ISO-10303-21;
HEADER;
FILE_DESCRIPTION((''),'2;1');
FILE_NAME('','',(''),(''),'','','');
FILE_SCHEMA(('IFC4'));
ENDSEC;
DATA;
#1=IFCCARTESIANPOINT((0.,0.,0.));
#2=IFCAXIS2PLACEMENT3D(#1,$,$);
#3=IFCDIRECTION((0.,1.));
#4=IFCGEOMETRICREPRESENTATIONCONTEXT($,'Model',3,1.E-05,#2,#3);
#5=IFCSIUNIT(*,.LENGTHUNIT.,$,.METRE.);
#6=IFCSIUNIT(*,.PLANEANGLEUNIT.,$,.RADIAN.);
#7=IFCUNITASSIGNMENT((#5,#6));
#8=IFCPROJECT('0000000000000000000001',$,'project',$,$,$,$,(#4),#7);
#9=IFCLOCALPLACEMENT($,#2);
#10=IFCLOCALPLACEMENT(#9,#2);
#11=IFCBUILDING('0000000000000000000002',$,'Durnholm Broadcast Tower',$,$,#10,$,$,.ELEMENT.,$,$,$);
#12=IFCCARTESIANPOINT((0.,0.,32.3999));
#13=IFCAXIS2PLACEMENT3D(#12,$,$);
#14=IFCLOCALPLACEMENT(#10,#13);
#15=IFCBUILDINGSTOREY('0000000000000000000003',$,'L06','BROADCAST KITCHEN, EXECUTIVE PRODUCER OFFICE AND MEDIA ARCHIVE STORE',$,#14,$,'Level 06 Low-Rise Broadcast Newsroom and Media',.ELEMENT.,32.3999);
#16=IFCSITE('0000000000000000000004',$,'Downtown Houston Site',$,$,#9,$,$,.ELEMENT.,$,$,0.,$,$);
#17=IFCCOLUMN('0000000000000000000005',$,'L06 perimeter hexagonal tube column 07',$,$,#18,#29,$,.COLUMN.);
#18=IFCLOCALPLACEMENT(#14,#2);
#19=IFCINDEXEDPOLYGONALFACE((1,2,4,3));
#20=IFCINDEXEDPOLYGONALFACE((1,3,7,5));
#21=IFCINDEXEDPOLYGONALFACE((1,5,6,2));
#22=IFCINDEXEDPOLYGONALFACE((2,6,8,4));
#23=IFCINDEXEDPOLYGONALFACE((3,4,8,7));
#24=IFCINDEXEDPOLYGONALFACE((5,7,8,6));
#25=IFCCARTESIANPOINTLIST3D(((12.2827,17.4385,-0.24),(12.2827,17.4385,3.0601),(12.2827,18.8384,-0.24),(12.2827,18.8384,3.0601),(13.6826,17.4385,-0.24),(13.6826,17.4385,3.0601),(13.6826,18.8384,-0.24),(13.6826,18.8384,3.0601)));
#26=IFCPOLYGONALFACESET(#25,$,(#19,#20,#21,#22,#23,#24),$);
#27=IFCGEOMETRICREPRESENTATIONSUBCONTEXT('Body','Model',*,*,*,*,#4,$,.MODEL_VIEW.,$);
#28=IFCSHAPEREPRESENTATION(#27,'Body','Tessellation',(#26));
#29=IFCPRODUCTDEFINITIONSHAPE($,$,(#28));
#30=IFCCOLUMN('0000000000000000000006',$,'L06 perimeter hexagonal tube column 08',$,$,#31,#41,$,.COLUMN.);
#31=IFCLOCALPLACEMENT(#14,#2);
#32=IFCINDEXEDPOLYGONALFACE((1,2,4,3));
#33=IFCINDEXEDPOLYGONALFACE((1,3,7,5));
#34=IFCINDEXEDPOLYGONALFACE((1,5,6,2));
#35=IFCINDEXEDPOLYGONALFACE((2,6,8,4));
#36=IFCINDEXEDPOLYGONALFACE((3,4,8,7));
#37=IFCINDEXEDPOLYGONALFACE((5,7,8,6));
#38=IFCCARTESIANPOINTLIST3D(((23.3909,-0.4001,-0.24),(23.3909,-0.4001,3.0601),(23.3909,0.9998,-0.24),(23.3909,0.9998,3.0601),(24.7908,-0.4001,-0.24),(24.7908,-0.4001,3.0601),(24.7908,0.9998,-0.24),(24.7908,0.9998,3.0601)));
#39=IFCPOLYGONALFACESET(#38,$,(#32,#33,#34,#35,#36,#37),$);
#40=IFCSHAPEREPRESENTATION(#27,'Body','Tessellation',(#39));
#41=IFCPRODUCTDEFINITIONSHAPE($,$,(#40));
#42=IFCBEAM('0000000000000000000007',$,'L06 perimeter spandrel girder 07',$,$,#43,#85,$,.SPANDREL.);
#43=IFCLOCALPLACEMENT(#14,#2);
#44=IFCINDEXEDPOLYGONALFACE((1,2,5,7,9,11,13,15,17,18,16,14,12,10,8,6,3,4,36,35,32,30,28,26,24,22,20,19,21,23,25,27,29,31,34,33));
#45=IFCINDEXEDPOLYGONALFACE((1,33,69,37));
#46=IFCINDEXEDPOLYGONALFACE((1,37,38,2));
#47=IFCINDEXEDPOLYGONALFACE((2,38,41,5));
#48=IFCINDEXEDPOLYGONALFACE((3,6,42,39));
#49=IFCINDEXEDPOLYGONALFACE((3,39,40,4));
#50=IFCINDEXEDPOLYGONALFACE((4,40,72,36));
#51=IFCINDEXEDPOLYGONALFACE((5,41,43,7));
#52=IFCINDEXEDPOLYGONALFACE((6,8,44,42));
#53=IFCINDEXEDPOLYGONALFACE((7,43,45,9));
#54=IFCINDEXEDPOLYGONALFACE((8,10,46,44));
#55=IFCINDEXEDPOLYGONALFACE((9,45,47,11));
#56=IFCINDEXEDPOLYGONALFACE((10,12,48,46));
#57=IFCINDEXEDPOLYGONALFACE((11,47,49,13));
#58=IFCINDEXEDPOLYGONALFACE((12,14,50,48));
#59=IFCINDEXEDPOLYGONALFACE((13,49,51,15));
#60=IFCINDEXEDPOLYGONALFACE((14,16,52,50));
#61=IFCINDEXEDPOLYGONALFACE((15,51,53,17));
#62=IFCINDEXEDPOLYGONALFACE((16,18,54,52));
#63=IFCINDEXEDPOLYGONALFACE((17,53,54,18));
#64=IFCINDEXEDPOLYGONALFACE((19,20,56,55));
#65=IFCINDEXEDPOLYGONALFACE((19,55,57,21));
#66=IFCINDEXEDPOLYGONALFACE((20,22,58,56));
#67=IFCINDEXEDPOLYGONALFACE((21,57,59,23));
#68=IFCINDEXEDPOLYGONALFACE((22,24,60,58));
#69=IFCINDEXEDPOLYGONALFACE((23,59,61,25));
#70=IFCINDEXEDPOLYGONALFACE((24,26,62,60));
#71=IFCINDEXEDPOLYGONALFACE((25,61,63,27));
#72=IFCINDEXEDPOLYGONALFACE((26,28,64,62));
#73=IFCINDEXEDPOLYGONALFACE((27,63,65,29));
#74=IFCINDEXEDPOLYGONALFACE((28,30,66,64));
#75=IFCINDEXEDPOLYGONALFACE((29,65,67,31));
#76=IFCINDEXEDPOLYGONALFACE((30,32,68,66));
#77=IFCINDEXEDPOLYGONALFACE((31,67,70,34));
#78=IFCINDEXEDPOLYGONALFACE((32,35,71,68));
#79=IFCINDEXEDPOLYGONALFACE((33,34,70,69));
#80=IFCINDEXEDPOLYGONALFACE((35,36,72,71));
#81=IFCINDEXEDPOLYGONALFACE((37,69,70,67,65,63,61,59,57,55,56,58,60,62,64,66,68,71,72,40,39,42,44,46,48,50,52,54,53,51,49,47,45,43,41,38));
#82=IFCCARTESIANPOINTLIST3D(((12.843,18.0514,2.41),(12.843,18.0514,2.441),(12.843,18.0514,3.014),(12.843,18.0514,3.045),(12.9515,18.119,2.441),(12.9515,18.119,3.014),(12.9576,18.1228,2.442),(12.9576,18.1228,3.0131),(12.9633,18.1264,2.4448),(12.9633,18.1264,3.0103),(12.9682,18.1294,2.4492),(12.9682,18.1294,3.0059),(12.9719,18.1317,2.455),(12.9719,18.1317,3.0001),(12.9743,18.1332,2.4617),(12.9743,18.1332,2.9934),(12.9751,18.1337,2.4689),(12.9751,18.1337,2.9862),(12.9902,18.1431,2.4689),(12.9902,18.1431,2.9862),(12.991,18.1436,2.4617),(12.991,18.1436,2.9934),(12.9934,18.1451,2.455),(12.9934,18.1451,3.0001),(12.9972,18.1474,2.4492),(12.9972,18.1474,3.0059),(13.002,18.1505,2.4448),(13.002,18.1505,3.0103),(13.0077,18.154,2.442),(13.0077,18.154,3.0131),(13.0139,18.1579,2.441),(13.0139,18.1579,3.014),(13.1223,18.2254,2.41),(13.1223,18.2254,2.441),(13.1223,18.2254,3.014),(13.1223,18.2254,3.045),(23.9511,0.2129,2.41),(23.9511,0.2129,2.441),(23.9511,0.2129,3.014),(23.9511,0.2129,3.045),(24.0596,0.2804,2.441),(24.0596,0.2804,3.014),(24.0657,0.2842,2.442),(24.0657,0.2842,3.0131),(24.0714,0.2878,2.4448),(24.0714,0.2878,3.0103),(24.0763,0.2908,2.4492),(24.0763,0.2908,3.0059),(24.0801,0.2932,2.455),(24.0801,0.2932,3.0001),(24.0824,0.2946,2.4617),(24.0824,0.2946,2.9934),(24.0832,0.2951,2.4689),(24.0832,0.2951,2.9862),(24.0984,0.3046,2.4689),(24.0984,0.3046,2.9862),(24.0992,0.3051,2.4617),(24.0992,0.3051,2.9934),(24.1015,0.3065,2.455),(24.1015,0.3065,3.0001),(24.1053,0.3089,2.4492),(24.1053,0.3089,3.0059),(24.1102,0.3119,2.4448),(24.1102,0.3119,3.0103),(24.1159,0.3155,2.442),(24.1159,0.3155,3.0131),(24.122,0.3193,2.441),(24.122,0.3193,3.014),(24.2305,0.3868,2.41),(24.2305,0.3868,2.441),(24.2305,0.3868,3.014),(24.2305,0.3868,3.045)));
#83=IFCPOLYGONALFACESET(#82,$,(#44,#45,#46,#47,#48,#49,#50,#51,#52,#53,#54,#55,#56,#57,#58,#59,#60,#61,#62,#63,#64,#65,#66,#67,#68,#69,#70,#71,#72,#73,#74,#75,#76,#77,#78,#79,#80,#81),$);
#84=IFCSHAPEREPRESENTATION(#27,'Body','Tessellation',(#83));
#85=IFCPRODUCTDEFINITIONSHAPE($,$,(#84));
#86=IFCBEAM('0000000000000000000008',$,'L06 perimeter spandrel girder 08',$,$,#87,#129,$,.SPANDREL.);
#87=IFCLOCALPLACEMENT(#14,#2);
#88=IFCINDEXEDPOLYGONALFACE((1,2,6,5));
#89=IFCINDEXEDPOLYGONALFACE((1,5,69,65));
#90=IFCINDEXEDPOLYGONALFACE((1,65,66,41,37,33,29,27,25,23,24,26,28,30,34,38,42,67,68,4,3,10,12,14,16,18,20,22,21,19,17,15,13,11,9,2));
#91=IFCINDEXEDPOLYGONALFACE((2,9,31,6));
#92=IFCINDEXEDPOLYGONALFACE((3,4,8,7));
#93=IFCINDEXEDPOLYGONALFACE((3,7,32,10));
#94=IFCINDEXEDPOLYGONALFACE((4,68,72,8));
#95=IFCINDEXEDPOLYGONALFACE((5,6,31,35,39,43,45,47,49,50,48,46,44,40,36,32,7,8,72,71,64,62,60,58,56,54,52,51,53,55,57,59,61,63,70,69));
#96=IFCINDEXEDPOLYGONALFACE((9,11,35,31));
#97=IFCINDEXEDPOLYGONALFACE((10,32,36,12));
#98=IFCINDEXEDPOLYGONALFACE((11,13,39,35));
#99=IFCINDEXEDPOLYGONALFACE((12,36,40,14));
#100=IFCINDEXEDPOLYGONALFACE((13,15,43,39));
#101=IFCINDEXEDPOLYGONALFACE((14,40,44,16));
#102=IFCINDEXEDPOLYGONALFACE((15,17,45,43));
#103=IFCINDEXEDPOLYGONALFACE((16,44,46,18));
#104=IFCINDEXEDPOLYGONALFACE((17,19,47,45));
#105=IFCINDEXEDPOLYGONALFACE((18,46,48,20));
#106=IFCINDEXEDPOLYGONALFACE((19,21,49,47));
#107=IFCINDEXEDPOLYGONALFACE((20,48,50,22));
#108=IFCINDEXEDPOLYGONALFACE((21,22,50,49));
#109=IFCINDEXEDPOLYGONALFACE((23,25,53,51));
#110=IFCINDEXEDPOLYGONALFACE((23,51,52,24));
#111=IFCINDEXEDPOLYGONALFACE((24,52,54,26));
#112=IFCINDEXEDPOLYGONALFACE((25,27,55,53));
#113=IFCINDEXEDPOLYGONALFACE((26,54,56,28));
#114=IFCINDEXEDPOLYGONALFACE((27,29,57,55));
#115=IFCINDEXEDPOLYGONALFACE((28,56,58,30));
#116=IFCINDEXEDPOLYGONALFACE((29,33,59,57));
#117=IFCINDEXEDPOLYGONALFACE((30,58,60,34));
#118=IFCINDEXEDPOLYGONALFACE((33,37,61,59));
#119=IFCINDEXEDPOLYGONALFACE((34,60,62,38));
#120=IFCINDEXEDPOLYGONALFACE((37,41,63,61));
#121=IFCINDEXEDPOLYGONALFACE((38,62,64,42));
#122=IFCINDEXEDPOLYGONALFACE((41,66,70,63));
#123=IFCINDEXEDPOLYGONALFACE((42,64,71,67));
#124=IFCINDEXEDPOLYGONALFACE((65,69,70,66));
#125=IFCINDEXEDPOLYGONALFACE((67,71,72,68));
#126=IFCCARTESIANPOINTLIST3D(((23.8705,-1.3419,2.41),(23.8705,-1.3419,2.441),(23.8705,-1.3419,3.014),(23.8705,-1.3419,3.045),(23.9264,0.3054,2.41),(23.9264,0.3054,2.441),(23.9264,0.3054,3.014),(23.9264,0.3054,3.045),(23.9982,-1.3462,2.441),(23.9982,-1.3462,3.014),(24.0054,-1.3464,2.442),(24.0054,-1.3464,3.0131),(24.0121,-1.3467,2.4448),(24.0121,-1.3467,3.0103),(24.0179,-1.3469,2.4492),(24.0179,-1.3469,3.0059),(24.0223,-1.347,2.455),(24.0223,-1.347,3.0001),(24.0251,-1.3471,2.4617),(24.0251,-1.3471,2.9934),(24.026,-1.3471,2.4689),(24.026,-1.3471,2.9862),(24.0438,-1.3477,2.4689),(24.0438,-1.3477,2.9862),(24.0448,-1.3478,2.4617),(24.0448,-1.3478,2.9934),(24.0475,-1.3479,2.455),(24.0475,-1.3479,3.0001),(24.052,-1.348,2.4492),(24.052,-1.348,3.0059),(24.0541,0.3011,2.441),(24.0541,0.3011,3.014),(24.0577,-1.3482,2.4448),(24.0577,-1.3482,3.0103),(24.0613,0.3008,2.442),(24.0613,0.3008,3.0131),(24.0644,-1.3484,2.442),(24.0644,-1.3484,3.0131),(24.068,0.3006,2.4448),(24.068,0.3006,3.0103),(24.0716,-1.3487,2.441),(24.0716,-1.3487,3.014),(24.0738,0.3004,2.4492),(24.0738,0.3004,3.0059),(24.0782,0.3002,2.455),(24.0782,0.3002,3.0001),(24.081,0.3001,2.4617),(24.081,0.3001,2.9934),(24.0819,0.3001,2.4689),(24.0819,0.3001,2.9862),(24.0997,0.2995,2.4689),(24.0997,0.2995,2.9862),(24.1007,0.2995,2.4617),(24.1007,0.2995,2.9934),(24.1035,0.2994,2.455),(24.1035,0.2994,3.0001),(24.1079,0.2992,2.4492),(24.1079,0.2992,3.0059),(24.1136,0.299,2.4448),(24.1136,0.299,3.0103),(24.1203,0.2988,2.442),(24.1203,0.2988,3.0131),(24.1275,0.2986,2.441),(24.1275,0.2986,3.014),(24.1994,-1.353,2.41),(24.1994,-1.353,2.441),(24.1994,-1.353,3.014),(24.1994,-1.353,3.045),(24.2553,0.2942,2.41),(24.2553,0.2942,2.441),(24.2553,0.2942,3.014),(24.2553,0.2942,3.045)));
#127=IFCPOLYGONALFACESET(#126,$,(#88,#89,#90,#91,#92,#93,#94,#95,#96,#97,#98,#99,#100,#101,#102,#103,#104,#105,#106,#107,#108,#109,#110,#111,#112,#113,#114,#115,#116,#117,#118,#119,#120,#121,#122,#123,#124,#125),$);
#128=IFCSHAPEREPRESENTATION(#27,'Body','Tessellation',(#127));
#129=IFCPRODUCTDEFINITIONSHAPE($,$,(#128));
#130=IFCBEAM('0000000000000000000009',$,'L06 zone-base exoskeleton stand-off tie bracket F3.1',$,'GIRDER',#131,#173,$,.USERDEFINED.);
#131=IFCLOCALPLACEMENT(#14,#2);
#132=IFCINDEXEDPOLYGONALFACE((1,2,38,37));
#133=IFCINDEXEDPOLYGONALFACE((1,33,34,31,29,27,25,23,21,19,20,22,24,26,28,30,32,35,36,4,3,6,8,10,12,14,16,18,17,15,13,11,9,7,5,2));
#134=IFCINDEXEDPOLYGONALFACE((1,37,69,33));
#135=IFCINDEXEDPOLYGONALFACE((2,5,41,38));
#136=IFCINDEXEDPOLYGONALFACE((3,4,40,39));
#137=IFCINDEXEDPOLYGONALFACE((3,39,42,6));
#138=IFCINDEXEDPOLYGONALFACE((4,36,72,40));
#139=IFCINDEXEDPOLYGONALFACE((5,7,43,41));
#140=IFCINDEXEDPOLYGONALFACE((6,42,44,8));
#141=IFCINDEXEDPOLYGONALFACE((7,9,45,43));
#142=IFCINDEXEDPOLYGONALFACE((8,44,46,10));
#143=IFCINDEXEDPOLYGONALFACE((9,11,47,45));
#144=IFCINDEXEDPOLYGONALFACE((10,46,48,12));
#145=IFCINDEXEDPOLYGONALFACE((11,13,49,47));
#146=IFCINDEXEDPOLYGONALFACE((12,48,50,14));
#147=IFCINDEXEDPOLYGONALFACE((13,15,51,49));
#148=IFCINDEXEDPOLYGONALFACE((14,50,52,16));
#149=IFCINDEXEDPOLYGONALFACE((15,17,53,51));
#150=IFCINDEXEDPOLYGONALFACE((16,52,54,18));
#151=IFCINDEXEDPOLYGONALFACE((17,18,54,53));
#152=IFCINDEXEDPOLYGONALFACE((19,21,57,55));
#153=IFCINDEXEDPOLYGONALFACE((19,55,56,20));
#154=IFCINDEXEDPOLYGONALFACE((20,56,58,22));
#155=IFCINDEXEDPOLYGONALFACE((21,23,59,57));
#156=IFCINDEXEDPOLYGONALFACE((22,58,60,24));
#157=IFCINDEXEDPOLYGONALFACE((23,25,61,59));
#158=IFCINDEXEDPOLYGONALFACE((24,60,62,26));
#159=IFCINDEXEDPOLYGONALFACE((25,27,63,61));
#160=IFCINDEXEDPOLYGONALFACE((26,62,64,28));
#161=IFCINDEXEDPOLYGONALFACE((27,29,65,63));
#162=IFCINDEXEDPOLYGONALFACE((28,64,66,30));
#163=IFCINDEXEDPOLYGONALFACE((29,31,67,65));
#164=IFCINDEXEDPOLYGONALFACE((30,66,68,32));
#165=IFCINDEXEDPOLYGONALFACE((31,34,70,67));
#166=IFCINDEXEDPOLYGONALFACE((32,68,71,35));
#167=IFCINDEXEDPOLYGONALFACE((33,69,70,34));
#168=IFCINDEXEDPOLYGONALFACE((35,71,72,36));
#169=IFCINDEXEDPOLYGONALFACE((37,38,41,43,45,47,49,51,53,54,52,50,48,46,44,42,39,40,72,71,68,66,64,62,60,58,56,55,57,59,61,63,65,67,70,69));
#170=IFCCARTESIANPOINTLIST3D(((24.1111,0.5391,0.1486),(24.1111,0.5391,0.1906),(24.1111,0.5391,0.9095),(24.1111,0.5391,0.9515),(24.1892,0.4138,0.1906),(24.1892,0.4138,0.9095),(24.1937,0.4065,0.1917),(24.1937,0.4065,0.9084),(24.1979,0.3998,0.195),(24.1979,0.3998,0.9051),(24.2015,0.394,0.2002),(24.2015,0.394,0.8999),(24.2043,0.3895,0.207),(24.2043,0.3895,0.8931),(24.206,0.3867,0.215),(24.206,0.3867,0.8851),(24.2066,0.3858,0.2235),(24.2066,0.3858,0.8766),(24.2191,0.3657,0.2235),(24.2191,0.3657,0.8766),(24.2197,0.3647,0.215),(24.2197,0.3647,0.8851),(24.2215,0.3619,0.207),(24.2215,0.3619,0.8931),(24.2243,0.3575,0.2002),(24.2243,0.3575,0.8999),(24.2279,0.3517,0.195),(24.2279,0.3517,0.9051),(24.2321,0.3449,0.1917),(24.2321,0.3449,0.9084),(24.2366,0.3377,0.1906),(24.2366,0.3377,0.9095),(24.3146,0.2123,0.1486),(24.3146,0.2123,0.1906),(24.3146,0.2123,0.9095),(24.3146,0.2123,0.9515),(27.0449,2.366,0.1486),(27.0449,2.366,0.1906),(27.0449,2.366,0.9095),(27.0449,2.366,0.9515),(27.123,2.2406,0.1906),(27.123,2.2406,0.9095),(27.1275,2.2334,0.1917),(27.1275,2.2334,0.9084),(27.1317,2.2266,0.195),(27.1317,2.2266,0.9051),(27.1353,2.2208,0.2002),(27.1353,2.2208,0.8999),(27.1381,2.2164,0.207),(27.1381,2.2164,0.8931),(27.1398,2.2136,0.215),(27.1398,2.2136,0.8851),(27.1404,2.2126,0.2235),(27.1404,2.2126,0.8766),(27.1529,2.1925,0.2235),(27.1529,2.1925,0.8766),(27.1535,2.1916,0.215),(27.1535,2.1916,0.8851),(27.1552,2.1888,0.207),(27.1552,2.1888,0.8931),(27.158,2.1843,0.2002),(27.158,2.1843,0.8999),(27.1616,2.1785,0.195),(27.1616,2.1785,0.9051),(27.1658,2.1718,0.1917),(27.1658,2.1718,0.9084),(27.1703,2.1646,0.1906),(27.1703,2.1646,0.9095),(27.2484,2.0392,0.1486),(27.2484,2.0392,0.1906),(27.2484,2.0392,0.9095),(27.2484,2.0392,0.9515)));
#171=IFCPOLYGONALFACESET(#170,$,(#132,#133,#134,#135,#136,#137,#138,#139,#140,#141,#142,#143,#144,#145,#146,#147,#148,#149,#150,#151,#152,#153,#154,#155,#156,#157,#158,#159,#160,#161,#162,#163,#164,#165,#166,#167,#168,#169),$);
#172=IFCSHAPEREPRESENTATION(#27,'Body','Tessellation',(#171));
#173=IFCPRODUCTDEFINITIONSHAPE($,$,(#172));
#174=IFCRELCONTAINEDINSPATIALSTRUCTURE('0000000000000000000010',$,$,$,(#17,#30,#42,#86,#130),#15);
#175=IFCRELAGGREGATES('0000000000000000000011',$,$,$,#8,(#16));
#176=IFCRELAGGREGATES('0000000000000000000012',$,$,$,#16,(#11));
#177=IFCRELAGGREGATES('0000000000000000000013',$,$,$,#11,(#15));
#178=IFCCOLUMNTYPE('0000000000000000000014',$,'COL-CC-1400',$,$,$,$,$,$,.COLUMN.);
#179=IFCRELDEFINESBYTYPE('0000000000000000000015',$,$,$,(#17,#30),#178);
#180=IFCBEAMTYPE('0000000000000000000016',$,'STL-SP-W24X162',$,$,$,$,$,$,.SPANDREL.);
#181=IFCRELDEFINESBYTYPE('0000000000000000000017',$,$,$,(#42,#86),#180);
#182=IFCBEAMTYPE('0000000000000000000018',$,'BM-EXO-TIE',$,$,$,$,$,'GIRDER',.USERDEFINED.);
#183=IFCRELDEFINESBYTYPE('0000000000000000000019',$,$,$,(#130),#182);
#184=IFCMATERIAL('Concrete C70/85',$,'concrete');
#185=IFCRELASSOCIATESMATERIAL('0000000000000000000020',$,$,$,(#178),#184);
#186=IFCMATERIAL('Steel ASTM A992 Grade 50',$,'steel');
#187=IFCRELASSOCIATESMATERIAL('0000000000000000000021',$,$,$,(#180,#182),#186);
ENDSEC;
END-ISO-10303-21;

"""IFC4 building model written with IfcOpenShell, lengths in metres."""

from ifc_helpers import new_model, si_unit, direction, frame, origin, origin_2d, place, context, subcontext, project, spatial, rectangle, i_section, extrude, source, transform, mapped, material, material_profile, profile_set, type_object, type_shapes, element, save


model = new_model("IFC4")

# Units and contexts
model_context = context("Model", 3, precision=1e-05, world=origin(), true_north=direction((0.0, 1.0)))
body_context = subcontext(model_context, "Body", "Model", "MODEL_VIEW")
ifc_project = project(units=[si_unit("LENGTHUNIT", "METRE"), si_unit("PLANEANGLEUNIT", "RADIAN")], contexts=[model_context])

# Site, building, storey
site_placement = place(None, origin())
site = spatial("IfcSite", under=ifc_project, at=site_placement, Name="Downtown Houston Site", CompositionType="ELEMENT", RefElevation=0.0)
building_placement = place(site_placement, origin())
building = spatial("IfcBuilding", under=site, at=building_placement, Name="Durnholm Broadcast Tower", CompositionType="ELEMENT")
storey_placement = place(building_placement, frame((0.0, 0.0, 32.3999)))
storey = spatial("IfcBuildingStorey", under=building, at=storey_placement, Name="L06", Description="BROADCAST KITCHEN, EXECUTIVE PRODUCER OFFICE AND MEDIA ARCHIVE STORE", LongName="Level 06 Low-Rise Broadcast Newsroom and Media", CompositionType="ELEMENT", Elevation=32.3999)

# Columns
ifc_material_1 = material(Name="Concrete C70/85", Category="concrete")
ifc_material_profile_1 = material_profile(ifc_material_1, rectangle(XDim=1.3999, YDim=1.3999, at=origin_2d()), Name="RC1400X1400")
ifc_profile_set_1 = profile_set([ifc_material_profile_1], Name="Concrete C70/85")
column_type = type_object("IfcColumnType", Name="COL-CC-1400", PredefinedType="COLUMN", material=ifc_profile_set_1)
shared_shape_1 = source(origin(), body_context, "Body", "SweptSolid", [
    extrude(rectangle(XDim=1.3999, YDim=1.3999, at=origin_2d()), origin(), (0.0, 0.0, 1.0), 3.3),
])
type_shapes(column_type, [shared_shape_1])
for number, where, z_axis, x_axis, name in (
    (1, (12.9827, 18.1384, -0.24), (0.0, 0.0, 1.0), (1.0, 0.0, 0.0), "L06 perimeter hexagonal tube column 07"),
    (2, (24.0908, 0.2998, -0.24), (0.0, 0.0, 1.0), (1.0, 0.0, 0.0), "L06 perimeter hexagonal tube column 08"),
):
    element("IfcColumn", number, at=place(storey_placement, frame(where, z_axis=z_axis, x_axis=x_axis)), inside=storey, type_object=column_type, Name=name, PredefinedType="COLUMN", context=body_context, shape_type="MappedRepresentation", body=[
        mapped(shared_shape_1, transform((0.0, 0.0, 0.0), x_axis=(1.0, 0.0, 0.0), y_axis=(0.0, 1.0, 0.0), z_axis=(0.0, 0.0, 1.0), scale=1.0)),
    ])

# Beams
ifc_material_2 = material(Name="Steel ASTM A992 Grade 50", Category="steel")
ifc_material_profile_2 = material_profile(ifc_material_2, i_section(OverallWidth=0.3291, OverallDepth=0.635, WebThickness=0.0178, FlangeThickness=0.031, FilletRadius=0.0278, at=origin_2d()), Name="W24X162")
ifc_profile_set_2 = profile_set([ifc_material_profile_2], Name="Steel ASTM A992 Grade 50")
beam_type_1 = type_object("IfcBeamType", Name="STL-SP-W24X162", PredefinedType="SPANDREL", material=ifc_profile_set_2)
shared_shape_2 = source(origin(), body_context, "Body", "SweptSolid", [
    extrude(i_section(OverallWidth=0.3291, OverallDepth=0.635, WebThickness=0.0178, FlangeThickness=0.031, FilletRadius=0.0278, at=origin_2d()), origin(), (0.0, 0.0, 1.0), 21.0144),
])
beam_1_placement = place(storey_placement, frame((12.9827, 18.1384, 2.7275), z_axis=(0.528596, -0.848874, 0.0), x_axis=(0.848874, 0.528596, 0.0)))
element("IfcBeam", 3, at=beam_1_placement, inside=storey, type_object=beam_type_1, Name="L06 perimeter spandrel girder 07", PredefinedType="SPANDREL", context=body_context, shape_type="MappedRepresentation", body=[
    mapped(shared_shape_2, transform((0.0, 0.0, 0.0), x_axis=(1.0, 0.0, 0.0), y_axis=(0.0, 1.0, 0.0), z_axis=(0.0, 0.0, 1.0), scale=1.0)),
])
shared_shape_3 = source(origin(), body_context, "Body", "SweptSolid", [
    extrude(i_section(OverallWidth=0.3291, OverallDepth=0.635, WebThickness=0.0178, FlangeThickness=0.031, FilletRadius=0.0278, at=origin_2d()), origin(), (0.0, 0.0, 1.0), 1.6482),
])
type_shapes(beam_type_1, [shared_shape_2, shared_shape_3])
beam_2_placement = place(storey_placement, frame((24.0908, 0.2998, 2.7275), z_axis=(-0.033921, -0.999425, 0.0), x_axis=(0.999425, -0.033921, 0.0)))
element("IfcBeam", 4, at=beam_2_placement, inside=storey, type_object=beam_type_1, Name="L06 perimeter spandrel girder 08", PredefinedType="SPANDREL", context=body_context, shape_type="MappedRepresentation", body=[
    mapped(shared_shape_3, transform((0.0, 0.0, 0.0), x_axis=(1.0, 0.0, 0.0), y_axis=(0.0, 1.0, 0.0), z_axis=(0.0, 0.0, 1.0), scale=1.0)),
])
ifc_material_profile_3 = material_profile(ifc_material_2, i_section(OverallWidth=0.385, OverallDepth=0.803, WebThickness=0.0237, FlangeThickness=0.042, FilletRadius=0.033, at=origin_2d()), Name="W30X261")
ifc_profile_set_3 = profile_set([ifc_material_profile_3], Name="Steel ASTM A992 Grade 50")
beam_type_2 = type_object("IfcBeamType", Name="BM-EXO-TIE", ElementType="GIRDER", PredefinedType="USERDEFINED", material=ifc_profile_set_3)
shared_shape_4 = source(origin(), body_context, "Body", "SweptSolid", [
    extrude(i_section(OverallWidth=0.385, OverallDepth=0.803, WebThickness=0.0237, FlangeThickness=0.042, FilletRadius=0.033, at=origin_2d()), origin(), (0.0, 0.0, 1.0), 3.4561),
])
for number, where, z_axis, x_axis, name in (
    (5, (24.2129, 0.3757, 0.55), (0.848874, 0.528595, 0.0), (-0.528595, 0.848874, 0.0), "L06 zone-base exoskeleton stand-off tie bracket F3.1"),
):
    element("IfcBeam", number, at=place(storey_placement, frame(where, z_axis=z_axis, x_axis=x_axis)), inside=storey, type_object=beam_type_2, Name=name, ObjectType="GIRDER", PredefinedType="USERDEFINED", context=body_context, shape_type="MappedRepresentation", body=[
        mapped(shared_shape_4, transform((0.0, 0.0, 0.0), x_axis=(1.0, 0.0, 0.0), y_axis=(0.0, 1.0, 0.0), z_axis=(0.0, 0.0, 1.0), scale=1.0)),
    ])

save(model, "model.ifc")
